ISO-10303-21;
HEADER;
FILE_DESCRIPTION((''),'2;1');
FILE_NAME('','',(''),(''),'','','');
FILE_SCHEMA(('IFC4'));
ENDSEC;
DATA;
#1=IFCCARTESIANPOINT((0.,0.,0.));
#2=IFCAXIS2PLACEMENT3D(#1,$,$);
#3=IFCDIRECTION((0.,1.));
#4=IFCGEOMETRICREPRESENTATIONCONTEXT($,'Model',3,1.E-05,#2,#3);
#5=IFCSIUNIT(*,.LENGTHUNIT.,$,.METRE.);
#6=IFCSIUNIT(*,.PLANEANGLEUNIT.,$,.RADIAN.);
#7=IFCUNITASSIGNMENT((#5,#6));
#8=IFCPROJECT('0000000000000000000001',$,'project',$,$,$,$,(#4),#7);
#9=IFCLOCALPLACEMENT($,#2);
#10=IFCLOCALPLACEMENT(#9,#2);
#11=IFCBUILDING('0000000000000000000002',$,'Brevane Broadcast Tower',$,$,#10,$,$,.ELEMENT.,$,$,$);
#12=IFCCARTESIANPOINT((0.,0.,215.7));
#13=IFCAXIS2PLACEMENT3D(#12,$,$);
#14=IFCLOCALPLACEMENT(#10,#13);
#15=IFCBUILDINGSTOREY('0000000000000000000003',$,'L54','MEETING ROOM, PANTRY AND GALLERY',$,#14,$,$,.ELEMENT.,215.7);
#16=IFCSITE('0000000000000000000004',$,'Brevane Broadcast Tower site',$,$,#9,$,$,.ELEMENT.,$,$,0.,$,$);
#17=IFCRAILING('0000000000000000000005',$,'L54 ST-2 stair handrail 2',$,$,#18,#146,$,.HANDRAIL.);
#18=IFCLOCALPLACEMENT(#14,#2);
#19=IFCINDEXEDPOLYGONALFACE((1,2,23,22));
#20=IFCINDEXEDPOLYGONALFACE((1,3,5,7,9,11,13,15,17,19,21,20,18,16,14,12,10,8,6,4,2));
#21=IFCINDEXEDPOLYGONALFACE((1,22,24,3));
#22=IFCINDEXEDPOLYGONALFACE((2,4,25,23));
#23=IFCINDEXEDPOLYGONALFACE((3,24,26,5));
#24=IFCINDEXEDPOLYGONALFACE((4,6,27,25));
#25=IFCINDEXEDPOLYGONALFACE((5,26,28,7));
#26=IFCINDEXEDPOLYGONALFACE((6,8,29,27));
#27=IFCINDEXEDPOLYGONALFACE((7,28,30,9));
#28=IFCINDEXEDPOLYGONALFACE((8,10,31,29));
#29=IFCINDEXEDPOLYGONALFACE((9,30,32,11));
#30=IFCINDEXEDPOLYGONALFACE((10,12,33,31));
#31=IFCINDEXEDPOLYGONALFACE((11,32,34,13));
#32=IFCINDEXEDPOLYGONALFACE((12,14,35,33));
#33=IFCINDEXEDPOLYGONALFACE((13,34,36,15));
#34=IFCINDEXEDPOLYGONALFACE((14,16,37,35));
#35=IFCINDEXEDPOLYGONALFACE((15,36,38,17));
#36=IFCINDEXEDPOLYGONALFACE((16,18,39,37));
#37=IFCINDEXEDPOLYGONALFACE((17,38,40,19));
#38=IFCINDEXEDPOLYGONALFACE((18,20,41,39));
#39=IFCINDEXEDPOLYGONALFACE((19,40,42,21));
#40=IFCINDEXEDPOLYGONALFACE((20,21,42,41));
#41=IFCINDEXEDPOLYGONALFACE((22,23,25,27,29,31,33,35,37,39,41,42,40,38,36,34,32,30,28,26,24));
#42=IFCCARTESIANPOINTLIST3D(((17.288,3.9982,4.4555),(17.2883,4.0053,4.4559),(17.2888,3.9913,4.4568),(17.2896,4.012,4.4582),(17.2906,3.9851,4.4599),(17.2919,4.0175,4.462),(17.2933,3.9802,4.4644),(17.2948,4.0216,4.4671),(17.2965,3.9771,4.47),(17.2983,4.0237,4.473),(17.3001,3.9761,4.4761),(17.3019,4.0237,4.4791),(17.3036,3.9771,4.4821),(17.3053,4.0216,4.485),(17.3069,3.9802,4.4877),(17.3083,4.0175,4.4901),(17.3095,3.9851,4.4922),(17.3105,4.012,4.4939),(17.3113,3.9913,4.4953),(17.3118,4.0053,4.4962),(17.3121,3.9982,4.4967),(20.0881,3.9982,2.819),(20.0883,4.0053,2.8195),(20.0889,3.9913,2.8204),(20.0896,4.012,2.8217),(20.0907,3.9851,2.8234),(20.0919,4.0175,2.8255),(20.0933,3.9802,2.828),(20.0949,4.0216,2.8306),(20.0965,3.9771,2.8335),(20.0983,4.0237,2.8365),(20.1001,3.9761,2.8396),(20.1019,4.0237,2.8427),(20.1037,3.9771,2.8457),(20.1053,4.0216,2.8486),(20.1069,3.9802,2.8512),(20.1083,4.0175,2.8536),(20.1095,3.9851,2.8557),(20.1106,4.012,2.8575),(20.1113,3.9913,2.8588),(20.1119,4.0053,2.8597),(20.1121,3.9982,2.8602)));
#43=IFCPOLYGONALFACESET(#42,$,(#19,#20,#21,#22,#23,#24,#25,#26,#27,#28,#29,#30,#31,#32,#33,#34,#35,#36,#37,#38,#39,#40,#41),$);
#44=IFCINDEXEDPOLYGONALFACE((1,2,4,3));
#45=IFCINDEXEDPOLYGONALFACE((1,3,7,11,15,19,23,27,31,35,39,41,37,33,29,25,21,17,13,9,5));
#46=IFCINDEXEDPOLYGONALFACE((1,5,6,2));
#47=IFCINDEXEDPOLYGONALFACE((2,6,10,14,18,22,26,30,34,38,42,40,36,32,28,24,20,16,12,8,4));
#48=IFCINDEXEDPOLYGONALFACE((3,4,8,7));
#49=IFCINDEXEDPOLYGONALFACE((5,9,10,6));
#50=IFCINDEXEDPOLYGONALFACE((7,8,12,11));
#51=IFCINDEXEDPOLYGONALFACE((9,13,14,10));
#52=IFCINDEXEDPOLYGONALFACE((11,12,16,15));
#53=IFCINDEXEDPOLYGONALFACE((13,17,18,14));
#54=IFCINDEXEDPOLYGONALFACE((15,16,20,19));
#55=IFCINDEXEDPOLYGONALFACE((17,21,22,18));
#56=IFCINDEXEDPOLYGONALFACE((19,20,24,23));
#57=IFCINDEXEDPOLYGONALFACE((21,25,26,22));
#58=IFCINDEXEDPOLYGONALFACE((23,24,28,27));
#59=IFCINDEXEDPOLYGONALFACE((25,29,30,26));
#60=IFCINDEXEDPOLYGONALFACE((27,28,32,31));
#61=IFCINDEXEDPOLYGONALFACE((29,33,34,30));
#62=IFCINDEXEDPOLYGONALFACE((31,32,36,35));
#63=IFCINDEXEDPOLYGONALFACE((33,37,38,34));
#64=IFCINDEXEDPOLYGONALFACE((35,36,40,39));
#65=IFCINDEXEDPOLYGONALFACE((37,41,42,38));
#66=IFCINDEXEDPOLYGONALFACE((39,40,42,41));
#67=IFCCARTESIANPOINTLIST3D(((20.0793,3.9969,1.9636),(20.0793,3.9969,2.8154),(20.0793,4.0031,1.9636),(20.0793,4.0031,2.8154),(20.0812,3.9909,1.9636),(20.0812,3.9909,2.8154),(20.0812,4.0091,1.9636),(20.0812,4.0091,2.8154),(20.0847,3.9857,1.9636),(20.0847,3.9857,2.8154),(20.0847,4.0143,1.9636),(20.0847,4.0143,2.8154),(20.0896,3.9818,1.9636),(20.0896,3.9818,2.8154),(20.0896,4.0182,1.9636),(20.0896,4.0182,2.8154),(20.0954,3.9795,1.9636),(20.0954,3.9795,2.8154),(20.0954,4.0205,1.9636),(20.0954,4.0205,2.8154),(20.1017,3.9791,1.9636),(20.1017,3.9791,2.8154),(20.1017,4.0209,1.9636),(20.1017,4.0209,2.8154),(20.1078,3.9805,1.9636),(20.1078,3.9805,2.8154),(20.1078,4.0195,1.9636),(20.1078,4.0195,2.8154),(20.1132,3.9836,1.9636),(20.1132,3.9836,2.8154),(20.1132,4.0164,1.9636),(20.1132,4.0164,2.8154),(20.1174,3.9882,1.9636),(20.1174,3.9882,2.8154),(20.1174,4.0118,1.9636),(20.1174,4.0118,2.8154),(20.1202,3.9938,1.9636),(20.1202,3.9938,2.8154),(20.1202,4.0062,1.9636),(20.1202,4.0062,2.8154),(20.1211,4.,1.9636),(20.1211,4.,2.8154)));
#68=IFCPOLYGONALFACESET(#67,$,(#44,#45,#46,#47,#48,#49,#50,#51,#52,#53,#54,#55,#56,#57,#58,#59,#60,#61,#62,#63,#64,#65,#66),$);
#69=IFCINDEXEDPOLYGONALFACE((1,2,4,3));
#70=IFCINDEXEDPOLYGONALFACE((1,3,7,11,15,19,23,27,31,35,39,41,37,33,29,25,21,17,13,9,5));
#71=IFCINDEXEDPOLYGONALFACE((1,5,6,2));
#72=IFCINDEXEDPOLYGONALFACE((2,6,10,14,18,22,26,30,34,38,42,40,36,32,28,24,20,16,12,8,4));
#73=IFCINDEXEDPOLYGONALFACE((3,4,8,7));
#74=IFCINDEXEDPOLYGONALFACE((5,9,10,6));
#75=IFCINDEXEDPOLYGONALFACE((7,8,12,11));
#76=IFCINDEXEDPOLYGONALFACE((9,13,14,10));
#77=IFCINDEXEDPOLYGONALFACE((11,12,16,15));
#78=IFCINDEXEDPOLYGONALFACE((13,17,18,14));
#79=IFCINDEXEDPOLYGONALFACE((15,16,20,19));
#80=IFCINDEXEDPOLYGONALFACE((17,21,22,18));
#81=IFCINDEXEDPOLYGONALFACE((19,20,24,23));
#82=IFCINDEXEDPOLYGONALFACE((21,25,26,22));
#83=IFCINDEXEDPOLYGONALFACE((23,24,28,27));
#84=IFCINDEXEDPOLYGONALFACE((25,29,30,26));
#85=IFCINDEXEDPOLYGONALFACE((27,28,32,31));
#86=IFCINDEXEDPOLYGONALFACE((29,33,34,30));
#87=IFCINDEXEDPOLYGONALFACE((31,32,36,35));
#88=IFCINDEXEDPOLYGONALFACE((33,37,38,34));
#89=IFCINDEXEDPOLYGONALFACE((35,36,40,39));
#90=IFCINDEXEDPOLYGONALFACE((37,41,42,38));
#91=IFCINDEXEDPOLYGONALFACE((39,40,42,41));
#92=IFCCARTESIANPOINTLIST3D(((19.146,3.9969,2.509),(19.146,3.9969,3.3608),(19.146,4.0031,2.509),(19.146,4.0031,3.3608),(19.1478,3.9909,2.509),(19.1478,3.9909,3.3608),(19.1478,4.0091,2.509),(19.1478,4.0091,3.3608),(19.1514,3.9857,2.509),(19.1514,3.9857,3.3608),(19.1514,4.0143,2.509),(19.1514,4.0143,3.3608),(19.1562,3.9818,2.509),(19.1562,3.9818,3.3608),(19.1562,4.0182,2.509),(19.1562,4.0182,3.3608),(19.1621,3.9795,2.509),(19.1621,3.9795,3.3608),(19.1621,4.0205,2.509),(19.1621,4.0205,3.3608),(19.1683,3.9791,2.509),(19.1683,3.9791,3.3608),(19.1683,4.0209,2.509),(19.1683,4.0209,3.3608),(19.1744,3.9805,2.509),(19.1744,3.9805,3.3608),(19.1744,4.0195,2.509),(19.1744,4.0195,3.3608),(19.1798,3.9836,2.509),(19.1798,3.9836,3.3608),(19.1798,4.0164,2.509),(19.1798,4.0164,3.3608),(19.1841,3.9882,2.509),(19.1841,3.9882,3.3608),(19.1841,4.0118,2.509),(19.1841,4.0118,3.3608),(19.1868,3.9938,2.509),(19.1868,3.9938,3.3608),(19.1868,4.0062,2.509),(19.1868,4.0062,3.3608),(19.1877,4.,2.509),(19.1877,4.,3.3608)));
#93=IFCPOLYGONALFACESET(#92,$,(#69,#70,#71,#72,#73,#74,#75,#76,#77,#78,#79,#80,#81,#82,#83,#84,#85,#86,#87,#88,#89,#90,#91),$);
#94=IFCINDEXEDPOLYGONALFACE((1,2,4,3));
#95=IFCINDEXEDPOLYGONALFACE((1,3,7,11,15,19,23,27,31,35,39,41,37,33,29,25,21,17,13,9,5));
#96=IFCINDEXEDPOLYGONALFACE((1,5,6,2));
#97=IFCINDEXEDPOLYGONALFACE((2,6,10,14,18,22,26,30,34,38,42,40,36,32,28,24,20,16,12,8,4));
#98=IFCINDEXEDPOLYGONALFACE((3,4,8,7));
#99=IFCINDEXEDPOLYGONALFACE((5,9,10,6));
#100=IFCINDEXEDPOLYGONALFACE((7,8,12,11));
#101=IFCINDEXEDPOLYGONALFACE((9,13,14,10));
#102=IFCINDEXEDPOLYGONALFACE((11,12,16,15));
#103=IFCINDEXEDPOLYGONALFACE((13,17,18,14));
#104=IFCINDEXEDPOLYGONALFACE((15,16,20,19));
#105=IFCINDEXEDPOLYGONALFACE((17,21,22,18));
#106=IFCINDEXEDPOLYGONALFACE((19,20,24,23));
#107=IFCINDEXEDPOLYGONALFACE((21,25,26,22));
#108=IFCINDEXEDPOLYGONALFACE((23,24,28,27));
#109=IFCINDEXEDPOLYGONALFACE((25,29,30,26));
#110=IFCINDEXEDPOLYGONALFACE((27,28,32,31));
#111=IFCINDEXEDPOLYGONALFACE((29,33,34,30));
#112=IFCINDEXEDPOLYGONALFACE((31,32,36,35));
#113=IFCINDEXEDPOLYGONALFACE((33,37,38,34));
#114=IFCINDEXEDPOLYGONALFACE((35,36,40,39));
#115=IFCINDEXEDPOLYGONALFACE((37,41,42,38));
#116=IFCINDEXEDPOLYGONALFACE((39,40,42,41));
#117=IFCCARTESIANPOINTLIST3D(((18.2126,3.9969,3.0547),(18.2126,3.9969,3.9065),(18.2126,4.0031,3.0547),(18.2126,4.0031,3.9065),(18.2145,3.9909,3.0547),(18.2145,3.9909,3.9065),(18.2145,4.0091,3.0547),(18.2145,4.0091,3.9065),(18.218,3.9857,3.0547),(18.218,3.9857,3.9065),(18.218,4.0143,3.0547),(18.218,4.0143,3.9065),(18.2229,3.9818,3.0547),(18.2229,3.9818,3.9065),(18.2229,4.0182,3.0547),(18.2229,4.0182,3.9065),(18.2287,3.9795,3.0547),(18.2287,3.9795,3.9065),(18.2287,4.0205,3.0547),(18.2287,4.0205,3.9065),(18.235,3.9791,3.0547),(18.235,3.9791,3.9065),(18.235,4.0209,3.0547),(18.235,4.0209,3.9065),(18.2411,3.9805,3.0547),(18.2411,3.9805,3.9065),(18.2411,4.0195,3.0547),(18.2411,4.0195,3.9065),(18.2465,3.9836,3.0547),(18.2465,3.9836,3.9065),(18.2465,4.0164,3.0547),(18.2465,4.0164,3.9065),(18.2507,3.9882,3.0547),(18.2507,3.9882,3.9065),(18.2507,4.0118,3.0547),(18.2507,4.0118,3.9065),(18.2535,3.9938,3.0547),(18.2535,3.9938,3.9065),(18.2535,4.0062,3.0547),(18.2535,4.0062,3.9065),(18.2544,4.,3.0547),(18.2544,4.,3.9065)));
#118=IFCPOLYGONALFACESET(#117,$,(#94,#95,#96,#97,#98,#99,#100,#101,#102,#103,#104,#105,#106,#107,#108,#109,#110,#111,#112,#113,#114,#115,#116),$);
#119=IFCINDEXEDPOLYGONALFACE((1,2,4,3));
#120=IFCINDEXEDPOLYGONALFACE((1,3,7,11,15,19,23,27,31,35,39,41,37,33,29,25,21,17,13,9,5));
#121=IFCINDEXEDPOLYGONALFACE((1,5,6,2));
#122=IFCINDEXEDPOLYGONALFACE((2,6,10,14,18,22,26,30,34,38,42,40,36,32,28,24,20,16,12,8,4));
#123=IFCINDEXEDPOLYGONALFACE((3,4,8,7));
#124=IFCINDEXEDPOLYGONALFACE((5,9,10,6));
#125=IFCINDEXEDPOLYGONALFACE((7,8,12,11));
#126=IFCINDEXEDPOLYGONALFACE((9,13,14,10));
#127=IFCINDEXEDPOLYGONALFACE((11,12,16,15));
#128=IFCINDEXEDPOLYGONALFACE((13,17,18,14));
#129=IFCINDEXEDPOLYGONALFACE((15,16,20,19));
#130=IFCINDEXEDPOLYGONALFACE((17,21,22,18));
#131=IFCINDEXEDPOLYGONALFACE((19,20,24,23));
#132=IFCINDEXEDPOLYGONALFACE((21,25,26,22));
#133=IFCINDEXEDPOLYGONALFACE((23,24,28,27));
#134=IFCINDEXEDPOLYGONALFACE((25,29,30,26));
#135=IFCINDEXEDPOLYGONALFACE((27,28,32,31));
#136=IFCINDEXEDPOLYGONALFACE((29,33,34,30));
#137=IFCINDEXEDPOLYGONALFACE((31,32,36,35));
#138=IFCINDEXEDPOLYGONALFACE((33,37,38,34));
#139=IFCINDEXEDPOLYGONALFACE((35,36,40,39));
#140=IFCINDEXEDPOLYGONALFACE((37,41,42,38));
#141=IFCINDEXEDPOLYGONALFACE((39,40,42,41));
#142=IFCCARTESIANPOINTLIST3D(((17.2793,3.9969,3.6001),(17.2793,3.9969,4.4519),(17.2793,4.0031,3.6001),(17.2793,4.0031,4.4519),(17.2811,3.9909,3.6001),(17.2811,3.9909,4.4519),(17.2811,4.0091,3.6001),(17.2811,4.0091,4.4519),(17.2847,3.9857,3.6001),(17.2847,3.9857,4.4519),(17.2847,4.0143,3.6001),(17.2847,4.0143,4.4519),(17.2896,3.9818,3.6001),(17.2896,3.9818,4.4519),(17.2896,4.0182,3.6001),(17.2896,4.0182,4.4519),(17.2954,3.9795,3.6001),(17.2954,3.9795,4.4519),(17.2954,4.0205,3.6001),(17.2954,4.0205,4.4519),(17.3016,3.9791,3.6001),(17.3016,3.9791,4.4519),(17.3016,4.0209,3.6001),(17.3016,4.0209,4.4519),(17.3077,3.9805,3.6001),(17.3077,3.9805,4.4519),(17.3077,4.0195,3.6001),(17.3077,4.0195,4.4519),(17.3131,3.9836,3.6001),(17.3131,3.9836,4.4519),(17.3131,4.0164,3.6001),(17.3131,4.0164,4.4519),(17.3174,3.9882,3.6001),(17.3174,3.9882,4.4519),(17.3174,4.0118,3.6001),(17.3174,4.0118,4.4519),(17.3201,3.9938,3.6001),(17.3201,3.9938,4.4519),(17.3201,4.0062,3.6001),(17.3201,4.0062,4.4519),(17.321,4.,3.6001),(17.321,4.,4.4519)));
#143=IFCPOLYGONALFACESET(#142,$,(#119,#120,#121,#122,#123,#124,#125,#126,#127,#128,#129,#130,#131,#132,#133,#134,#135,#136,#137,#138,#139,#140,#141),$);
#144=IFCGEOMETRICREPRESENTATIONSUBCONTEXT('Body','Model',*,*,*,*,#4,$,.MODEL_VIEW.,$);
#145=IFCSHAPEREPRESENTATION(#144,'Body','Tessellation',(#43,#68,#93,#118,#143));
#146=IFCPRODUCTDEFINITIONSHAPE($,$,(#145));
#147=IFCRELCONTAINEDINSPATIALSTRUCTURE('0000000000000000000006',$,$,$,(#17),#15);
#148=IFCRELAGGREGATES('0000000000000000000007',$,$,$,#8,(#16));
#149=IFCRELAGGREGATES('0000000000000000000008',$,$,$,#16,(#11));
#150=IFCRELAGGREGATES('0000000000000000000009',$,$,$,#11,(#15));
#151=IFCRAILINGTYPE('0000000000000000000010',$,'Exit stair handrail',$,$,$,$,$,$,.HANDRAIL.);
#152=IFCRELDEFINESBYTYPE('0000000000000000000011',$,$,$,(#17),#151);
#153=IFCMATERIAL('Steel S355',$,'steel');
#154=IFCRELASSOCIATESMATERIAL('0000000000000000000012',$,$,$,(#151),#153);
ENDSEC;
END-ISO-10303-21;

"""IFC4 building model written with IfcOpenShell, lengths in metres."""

from ifc_helpers import new_model, si_unit, direction, frame, origin, origin_2d, place, context, subcontext, project, spatial, circle, extrude, material, type_object, element, save


model = new_model("IFC4")

# Units and contexts
model_context = context("Model", 3, precision=1e-05, world=origin(), true_north=direction((0.0, 1.0)))
body_context = subcontext(model_context, "Body", "Model", "MODEL_VIEW")
ifc_project = project(units=[si_unit("LENGTHUNIT", "METRE"), si_unit("PLANEANGLEUNIT", "RADIAN")], contexts=[model_context])

# Site, building, storey
site_placement = place(None, origin())
site = spatial("IfcSite", under=ifc_project, at=site_placement, Name="Brevane Broadcast Tower site", CompositionType="ELEMENT", RefElevation=0.0)
building_placement = place(site_placement, origin())
building = spatial("IfcBuilding", under=site, at=building_placement, Name="Brevane Broadcast Tower", CompositionType="ELEMENT")
storey_placement = place(building_placement, frame((0.0, 0.0, 215.7)))
storey = spatial("IfcBuildingStorey", under=building, at=storey_placement, Name="L54", Description="MEETING ROOM, PANTRY AND GALLERY", CompositionType="ELEMENT", Elevation=215.7)

# Railing
ifc_material_1 = material(Name="Steel S355", Category="steel")
railing_type_1 = type_object("IfcRailingType", Name="Exit stair handrail", PredefinedType="HANDRAIL", material=ifc_material_1)
railing_1_placement = place(storey_placement, frame((20.1001, 4.0, 1.9636)))
element("IfcRailing", 1, at=railing_1_placement, inside=storey, type_object=railing_type_1, Name="L54 ST-2 stair handrail 2", PredefinedType="HANDRAIL", context=body_context, shape_type="SweptSolid", body=[
    extrude(circle(Radius=0.0239, at=origin_2d()), frame((0.0, 0.0, 0.876), z_axis=(-0.863361, 0.0, 0.504587), x_axis=(0.0, -1.0, 0.0)), (0.0, 0.0, 1.0), 3.2432),
    extrude(circle(Radius=0.021, at=origin_2d()), origin(), (0.0, 0.0, 1.0), 0.8518),
    extrude(circle(Radius=0.021, at=origin_2d()), frame((-0.9333, 0.0, 0.5454)), (0.0, 0.0, 1.0), 0.8518),
    extrude(circle(Radius=0.021, at=origin_2d()), frame((-1.8667, 0.0, 1.0911)), (0.0, 0.0, 1.0), 0.8518),
    extrude(circle(Radius=0.021, at=origin_2d()), frame((-2.8, 0.0, 1.6365)), (0.0, 0.0, 1.0), 0.8518),
])

save(model, "model.ifc")
